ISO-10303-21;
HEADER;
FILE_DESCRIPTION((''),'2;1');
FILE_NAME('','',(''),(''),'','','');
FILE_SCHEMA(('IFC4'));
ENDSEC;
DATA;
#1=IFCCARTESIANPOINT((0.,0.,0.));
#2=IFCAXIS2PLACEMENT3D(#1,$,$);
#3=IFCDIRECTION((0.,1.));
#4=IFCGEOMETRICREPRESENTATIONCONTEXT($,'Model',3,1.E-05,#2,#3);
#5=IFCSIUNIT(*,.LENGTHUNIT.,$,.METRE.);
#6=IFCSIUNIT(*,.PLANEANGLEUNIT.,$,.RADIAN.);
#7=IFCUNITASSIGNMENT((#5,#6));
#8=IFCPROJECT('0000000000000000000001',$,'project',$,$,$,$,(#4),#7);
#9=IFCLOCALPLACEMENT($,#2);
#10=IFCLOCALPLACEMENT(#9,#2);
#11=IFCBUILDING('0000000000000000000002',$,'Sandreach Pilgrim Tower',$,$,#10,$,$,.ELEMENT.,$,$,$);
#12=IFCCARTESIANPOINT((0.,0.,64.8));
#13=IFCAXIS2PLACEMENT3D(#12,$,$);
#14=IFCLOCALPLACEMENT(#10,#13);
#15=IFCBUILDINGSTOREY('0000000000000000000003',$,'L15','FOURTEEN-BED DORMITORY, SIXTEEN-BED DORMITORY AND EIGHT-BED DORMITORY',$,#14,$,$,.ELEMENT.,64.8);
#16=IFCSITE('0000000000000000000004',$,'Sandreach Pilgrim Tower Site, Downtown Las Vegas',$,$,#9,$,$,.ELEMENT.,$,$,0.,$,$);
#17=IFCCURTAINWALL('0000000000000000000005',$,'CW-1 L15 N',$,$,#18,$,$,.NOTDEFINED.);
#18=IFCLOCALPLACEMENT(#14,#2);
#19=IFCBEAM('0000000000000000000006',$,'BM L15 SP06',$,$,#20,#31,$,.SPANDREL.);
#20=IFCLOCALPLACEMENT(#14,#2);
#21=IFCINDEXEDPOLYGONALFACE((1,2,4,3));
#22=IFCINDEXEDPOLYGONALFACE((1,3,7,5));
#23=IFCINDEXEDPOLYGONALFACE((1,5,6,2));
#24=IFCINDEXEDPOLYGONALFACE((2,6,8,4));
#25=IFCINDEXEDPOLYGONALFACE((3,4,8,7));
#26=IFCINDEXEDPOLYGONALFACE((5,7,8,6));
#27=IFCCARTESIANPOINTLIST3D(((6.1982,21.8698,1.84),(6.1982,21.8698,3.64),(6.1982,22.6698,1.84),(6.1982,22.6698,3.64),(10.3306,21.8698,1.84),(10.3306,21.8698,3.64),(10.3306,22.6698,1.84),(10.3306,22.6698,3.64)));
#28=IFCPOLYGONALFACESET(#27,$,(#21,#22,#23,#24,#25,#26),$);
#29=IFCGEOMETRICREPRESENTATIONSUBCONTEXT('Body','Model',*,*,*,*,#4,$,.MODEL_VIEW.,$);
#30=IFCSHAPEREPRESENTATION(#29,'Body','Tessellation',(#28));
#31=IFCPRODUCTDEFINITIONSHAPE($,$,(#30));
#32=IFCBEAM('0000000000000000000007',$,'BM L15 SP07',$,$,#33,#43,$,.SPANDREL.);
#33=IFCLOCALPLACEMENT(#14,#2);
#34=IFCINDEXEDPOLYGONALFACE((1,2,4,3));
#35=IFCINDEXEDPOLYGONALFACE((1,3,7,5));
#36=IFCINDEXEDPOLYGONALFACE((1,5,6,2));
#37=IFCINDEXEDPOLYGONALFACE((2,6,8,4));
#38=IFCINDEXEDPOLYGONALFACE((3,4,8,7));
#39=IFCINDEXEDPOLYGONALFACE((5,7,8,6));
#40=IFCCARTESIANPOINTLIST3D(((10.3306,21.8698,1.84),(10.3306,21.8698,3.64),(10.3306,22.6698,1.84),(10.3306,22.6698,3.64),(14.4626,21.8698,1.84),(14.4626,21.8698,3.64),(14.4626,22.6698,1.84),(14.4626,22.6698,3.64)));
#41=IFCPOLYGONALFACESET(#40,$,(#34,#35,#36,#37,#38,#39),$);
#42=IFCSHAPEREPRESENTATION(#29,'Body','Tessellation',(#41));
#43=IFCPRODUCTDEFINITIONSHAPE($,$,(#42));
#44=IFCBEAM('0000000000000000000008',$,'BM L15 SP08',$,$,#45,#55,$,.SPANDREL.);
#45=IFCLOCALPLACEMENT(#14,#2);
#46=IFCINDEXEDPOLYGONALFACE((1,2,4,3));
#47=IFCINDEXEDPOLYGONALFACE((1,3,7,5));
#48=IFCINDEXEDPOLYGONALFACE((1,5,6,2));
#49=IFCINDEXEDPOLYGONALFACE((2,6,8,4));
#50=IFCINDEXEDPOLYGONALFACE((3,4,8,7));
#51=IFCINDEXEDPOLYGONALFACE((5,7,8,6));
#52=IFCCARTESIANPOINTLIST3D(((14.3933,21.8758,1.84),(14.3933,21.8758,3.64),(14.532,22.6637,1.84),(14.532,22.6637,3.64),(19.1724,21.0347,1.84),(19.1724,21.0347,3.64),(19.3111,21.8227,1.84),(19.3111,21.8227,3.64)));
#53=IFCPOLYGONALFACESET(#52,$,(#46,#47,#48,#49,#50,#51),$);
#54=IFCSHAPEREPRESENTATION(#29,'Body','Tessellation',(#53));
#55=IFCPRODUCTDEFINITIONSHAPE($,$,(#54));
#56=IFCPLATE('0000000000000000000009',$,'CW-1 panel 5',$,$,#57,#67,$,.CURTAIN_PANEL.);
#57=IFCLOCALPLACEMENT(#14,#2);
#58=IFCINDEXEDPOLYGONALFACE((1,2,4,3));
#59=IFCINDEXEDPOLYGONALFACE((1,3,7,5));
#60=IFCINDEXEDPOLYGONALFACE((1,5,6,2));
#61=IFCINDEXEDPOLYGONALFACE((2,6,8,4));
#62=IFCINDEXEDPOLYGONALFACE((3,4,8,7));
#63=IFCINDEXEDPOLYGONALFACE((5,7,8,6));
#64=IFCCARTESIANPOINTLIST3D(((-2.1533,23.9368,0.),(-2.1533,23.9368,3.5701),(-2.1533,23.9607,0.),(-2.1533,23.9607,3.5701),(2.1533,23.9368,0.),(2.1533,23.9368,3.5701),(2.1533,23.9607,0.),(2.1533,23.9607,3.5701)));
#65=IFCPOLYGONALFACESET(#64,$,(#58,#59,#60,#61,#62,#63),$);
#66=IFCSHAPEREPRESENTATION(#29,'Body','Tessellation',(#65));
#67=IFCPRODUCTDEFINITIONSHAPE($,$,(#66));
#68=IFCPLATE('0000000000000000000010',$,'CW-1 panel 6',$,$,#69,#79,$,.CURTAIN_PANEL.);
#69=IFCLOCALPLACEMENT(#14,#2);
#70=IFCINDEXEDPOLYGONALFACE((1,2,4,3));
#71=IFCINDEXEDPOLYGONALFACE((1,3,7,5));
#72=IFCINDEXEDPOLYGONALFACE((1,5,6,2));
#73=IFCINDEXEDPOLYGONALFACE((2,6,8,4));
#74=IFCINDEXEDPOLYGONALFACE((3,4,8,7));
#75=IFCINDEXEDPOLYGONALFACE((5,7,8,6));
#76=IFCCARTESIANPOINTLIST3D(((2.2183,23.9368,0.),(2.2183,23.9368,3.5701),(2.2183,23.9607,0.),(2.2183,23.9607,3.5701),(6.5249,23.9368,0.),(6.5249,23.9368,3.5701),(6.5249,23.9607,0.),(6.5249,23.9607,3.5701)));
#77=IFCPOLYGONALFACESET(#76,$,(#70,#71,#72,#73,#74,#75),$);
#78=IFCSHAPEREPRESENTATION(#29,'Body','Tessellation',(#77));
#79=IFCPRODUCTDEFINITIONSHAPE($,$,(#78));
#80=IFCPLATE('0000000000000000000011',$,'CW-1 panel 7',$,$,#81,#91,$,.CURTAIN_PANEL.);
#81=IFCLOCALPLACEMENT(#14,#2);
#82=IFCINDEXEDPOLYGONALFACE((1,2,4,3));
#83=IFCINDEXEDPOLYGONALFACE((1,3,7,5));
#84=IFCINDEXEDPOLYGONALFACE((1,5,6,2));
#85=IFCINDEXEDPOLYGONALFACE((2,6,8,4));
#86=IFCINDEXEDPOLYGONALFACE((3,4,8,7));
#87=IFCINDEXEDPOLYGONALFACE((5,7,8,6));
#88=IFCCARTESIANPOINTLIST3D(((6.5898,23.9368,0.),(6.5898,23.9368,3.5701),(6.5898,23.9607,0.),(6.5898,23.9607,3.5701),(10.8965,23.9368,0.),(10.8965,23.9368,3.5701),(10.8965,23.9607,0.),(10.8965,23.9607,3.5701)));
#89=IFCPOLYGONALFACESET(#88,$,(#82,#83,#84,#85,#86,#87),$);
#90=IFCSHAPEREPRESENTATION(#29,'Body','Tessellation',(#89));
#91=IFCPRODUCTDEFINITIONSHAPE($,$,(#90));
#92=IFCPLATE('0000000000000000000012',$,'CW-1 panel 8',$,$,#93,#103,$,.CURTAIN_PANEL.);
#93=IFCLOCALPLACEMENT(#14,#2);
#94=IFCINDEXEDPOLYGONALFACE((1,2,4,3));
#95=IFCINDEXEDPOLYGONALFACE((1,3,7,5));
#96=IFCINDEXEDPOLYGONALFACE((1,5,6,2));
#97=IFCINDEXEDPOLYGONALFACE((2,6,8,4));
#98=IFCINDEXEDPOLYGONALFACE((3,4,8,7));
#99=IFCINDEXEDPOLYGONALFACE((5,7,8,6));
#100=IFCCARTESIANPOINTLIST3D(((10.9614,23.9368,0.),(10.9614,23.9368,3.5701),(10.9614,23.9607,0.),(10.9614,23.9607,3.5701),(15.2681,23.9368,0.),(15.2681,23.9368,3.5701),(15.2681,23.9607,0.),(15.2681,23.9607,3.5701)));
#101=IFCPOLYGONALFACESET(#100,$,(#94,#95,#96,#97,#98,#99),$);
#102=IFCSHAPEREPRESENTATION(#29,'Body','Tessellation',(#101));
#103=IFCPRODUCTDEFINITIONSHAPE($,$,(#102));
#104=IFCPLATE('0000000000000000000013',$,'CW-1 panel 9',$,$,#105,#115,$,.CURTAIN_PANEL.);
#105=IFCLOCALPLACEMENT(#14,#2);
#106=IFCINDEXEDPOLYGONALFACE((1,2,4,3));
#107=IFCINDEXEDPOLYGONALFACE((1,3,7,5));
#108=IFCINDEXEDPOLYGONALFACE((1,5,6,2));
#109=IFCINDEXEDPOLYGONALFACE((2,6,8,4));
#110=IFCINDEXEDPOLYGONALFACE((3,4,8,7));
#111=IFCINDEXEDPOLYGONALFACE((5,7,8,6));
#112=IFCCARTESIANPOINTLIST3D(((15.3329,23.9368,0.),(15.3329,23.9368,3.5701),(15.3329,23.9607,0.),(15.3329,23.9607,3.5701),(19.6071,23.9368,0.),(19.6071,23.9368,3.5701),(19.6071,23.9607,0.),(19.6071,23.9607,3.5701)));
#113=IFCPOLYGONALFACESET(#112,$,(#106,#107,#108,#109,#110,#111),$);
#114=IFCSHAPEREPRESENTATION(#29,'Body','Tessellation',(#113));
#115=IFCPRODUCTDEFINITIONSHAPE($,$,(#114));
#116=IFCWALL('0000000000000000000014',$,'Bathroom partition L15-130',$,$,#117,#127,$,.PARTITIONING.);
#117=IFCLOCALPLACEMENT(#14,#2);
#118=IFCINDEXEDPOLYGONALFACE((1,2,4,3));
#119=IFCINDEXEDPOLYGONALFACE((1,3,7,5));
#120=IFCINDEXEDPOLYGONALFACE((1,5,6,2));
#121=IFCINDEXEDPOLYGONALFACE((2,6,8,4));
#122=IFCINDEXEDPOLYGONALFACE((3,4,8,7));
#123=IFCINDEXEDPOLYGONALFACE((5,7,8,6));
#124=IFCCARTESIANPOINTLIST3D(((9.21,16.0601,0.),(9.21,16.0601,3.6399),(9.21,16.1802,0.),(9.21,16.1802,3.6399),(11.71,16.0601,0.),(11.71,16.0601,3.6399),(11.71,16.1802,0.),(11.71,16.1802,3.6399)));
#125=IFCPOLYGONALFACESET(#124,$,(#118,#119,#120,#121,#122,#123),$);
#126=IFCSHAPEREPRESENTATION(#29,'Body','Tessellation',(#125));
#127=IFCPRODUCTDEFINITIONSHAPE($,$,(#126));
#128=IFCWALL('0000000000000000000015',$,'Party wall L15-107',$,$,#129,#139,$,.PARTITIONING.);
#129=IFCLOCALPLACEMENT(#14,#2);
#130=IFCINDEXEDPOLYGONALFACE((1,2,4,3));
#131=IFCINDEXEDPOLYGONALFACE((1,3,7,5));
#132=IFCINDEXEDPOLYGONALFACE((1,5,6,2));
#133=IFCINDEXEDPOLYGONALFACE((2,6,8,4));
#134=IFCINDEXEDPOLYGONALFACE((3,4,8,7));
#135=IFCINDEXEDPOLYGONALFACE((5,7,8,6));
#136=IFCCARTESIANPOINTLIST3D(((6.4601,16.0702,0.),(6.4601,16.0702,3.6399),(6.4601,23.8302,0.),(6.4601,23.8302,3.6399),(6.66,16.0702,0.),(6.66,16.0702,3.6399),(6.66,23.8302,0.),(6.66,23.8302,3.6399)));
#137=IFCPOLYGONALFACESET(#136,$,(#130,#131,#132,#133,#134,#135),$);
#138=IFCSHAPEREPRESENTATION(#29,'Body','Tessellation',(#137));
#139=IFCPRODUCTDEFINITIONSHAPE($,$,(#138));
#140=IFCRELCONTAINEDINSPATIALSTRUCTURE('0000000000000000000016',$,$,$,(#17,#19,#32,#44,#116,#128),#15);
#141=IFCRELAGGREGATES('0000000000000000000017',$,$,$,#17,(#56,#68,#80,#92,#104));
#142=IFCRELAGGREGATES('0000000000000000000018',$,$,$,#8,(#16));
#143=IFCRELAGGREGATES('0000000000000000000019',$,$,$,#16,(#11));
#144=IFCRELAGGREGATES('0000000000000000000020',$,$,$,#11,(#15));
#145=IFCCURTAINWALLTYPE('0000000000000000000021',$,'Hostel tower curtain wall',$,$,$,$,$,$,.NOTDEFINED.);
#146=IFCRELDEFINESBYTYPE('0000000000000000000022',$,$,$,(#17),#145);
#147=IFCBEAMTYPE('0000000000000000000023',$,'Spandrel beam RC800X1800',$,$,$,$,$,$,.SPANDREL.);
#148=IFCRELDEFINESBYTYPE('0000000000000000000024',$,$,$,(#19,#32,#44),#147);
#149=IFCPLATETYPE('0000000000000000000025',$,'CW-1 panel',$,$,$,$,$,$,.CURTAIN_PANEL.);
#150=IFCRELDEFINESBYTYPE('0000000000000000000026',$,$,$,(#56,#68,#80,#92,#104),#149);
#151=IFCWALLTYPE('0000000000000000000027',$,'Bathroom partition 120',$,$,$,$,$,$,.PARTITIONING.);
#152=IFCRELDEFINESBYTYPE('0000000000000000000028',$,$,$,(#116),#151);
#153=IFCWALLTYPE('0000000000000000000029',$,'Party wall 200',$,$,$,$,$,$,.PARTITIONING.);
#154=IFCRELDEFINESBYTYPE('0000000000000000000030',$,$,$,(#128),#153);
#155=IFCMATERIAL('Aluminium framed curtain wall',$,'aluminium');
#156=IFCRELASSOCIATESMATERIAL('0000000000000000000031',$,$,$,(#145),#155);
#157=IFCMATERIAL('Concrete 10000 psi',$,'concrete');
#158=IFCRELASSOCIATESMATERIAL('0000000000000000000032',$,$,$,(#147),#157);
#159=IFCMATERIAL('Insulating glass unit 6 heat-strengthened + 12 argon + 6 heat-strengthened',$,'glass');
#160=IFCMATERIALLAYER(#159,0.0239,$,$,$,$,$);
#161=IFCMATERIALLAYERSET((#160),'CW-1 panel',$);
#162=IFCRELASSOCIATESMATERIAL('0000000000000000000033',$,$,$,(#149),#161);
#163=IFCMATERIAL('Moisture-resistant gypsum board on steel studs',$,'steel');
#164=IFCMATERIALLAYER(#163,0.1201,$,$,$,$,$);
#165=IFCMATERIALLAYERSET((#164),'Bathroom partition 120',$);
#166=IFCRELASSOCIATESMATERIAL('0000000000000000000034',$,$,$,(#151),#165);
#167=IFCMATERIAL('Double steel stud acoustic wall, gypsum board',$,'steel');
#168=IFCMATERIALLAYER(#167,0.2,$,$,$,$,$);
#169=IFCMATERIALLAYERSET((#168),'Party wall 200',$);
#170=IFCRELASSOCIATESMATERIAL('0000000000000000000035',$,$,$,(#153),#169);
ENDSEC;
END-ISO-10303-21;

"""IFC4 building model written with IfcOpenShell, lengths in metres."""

from ifc_helpers import new_model, si_unit, direction, frame, frame_2d, origin, origin_2d, place, context, subcontext, project, spatial, rectangle, extrude, material, layer, layer_set, material_profile, profile_set, type_object, element, aggregate, save


model = new_model("IFC4")

# Units and contexts
model_context = context("Model", 3, precision=1e-05, world=origin(), true_north=direction((0.0, 1.0)))
body_context = subcontext(model_context, "Body", "Model", "MODEL_VIEW")
ifc_project = project(units=[si_unit("LENGTHUNIT", "METRE"), si_unit("PLANEANGLEUNIT", "RADIAN")], contexts=[model_context])

# Site, building, storey
site_placement = place(None, origin())
site = spatial("IfcSite", under=ifc_project, at=site_placement, Name="Sandreach Pilgrim Tower Site, Downtown Las Vegas", CompositionType="ELEMENT", RefElevation=0.0)
building_placement = place(site_placement, origin())
building = spatial("IfcBuilding", under=site, at=building_placement, Name="Sandreach Pilgrim Tower", CompositionType="ELEMENT")
storey_placement = place(building_placement, frame((0.0, 0.0, 64.8)))
storey = spatial("IfcBuildingStorey", under=building, at=storey_placement, Name="L15", Description="FOURTEEN-BED DORMITORY, SIXTEEN-BED DORMITORY AND EIGHT-BED DORMITORY", CompositionType="ELEMENT", Elevation=64.8)

# Curtain wall
ifc_material_1 = material(Name="Aluminium framed curtain wall", Category="aluminium")
curtain_wall_type = type_object("IfcCurtainWallType", Name="Hostel tower curtain wall", PredefinedType="NOTDEFINED", material=ifc_material_1)
curtain_wall_placement = place(storey_placement, origin())
curtain_wall = element("IfcCurtainWall", 1, at=curtain_wall_placement, inside=storey, type_object=curtain_wall_type, Name="CW-1 L15 N", PredefinedType="NOTDEFINED")

# Beams
ifc_material_2 = material(Name="Concrete 10000 psi", Category="concrete")
ifc_material_profile_1 = material_profile(ifc_material_2, rectangle(XDim=0.8, YDim=1.8, at=origin_2d()), Name="RC800X1800")
ifc_profile_set_1 = profile_set([ifc_material_profile_1], Name="Concrete 10000 psi")
beam_type_1 = type_object("IfcBeamType", Name="Spandrel beam RC800X1800", PredefinedType="SPANDREL", material=ifc_profile_set_1)
beam_1_placement = place(storey_placement, frame((6.1982, 22.2698, 2.74), z_axis=(1.0, 0.0, 0.0), x_axis=(0.0, 1.0, 0.0)))
element("IfcBeam", 2, at=beam_1_placement, inside=storey, type_object=beam_type_1, Name="BM L15 SP06", PredefinedType="SPANDREL", context=body_context, shape_type="SweptSolid", body=[
    extrude(rectangle(XDim=0.8, YDim=1.8, at=origin_2d()), origin(), (0.0, 0.0, 1.0), 4.1323),
])
beam_2_placement = place(storey_placement, frame((10.3306, 22.2698, 2.74), z_axis=(1.0, 0.0, 0.0), x_axis=(0.0, 1.0, 0.0)))
element("IfcBeam", 3, at=beam_2_placement, inside=storey, type_object=beam_type_1, Name="BM L15 SP07", PredefinedType="SPANDREL", context=body_context, shape_type="SweptSolid", body=[
    extrude(rectangle(XDim=0.8, YDim=1.8, at=origin_2d()), origin(), (0.0, 0.0, 1.0), 4.1321),
])
beam_3_placement = place(storey_placement, frame((14.4626, 22.2698, 2.74), z_axis=(0.984864, -0.173326, 0.0), x_axis=(0.173326, 0.984864, 0.0)))
element("IfcBeam", 4, at=beam_3_placement, inside=storey, type_object=beam_type_1, Name="BM L15 SP08", PredefinedType="SPANDREL", context=body_context, shape_type="SweptSolid", body=[
    extrude(rectangle(XDim=0.8, YDim=1.8, at=origin_2d()), origin(), (0.0, 0.0, 1.0), 4.8525),
])

# Plates
ifc_material_3 = material(Name="Insulating glass unit 6 heat-strengthened + 12 argon + 6 heat-strengthened", Category="glass")
ifc_layer_1 = layer(ifc_material_3, 0.0239)
ifc_layer_set_1 = layer_set([ifc_layer_1], Name="CW-1 panel")
plate_type = type_object("IfcPlateType", Name="CW-1 panel", PredefinedType="CURTAIN_PANEL", material=ifc_layer_set_1)
plate_1_placement = place(storey_placement, frame((0.0, 23.9487, 0.0), z_axis=(0.0, 0.0, 1.0), x_axis=(1.0, 0.0, 0.0)))
plate_1 = element("IfcPlate", 5, at=plate_1_placement, type_object=plate_type, Name="CW-1 panel 5", PredefinedType="CURTAIN_PANEL", context=body_context, shape_type="SweptSolid", body=[
    extrude(rectangle(XDim=4.3066, YDim=0.0239, at=origin_2d()), origin(), (0.0, 0.0, 1.0), 3.5701),
])
plate_2_placement = place(storey_placement, frame((4.3716, 23.9487, 0.0), z_axis=(0.0, 0.0, 1.0), x_axis=(1.0, 0.0, 0.0)))
plate_2 = element("IfcPlate", 6, at=plate_2_placement, type_object=plate_type, Name="CW-1 panel 6", PredefinedType="CURTAIN_PANEL", context=body_context, shape_type="SweptSolid", body=[
    extrude(rectangle(XDim=4.3066, YDim=0.0239, at=origin_2d()), origin(), (0.0, 0.0, 1.0), 3.5701),
])
plate_3_placement = place(storey_placement, frame((8.7432, 23.9487, 0.0), z_axis=(0.0, 0.0, 1.0), x_axis=(1.0, 0.0, 0.0)))
plate_3 = element("IfcPlate", 7, at=plate_3_placement, type_object=plate_type, Name="CW-1 panel 7", PredefinedType="CURTAIN_PANEL", context=body_context, shape_type="SweptSolid", body=[
    extrude(rectangle(XDim=4.3066, YDim=0.0239, at=origin_2d()), origin(), (0.0, 0.0, 1.0), 3.5701),
])
plate_4_placement = place(storey_placement, frame((13.1147, 23.9487, 0.0), z_axis=(0.0, 0.0, 1.0), x_axis=(1.0, 0.0, 0.0)))
plate_4 = element("IfcPlate", 8, at=plate_4_placement, type_object=plate_type, Name="CW-1 panel 8", PredefinedType="CURTAIN_PANEL", context=body_context, shape_type="SweptSolid", body=[
    extrude(rectangle(XDim=4.3066, YDim=0.0239, at=origin_2d()), origin(), (0.0, 0.0, 1.0), 3.5701),
])
plate_5_placement = place(storey_placement, frame((17.47, 23.9487, 0.0), z_axis=(0.0, 0.0, 1.0), x_axis=(1.0, 0.0, 0.0)))
plate_5 = element("IfcPlate", 9, at=plate_5_placement, type_object=plate_type, Name="CW-1 panel 9", PredefinedType="CURTAIN_PANEL", context=body_context, shape_type="SweptSolid", body=[
    extrude(rectangle(XDim=4.2742, YDim=0.0239, at=origin_2d()), origin(), (0.0, 0.0, 1.0), 3.5701),
])
aggregate(curtain_wall, [plate_1, plate_2, plate_3, plate_4, plate_5])

# Walls
ifc_material_4 = material(Name="Moisture-resistant gypsum board on steel studs", Category="steel")
ifc_layer_2 = layer(ifc_material_4, 0.1201)
ifc_layer_set_2 = layer_set([ifc_layer_2], Name="Bathroom partition 120")
wall_type_1 = type_object("IfcWallType", Name="Bathroom partition 120", PredefinedType="PARTITIONING", material=ifc_layer_set_2)
wall_1_placement = place(storey_placement, frame((11.71, 16.1201, 0.0), z_axis=(0.0, 0.0, 1.0), x_axis=(-1.0, 0.0, 0.0)))
element("IfcWall", 10, at=wall_1_placement, inside=storey, type_object=wall_type_1, Name="Bathroom partition L15-130", PredefinedType="PARTITIONING", context=body_context, shape_type="SweptSolid", body=[
    extrude(rectangle(XDim=2.5, YDim=0.1201, at=frame_2d((1.25, 0.0))), origin(), (0.0, 0.0, 1.0), 3.6399),
])
ifc_material_5 = material(Name="Double steel stud acoustic wall, gypsum board", Category="steel")
ifc_layer_3 = layer(ifc_material_5, 0.2)
ifc_layer_set_3 = layer_set([ifc_layer_3], Name="Party wall 200")
wall_type_2 = type_object("IfcWallType", Name="Party wall 200", PredefinedType="PARTITIONING", material=ifc_layer_set_3)
wall_2_placement = place(storey_placement, frame((6.5601, 23.8301, 0.0), z_axis=(0.0, 0.0, 1.0), x_axis=(0.0, -1.0, 0.0)))
element("IfcWall", 11, at=wall_2_placement, inside=storey, type_object=wall_type_2, Name="Party wall L15-107", PredefinedType="PARTITIONING", context=body_context, shape_type="SweptSolid", body=[
    extrude(rectangle(XDim=7.76, YDim=0.2, at=frame_2d((3.8799, 0.0))), origin(), (0.0, 0.0, 1.0), 3.6399),
])

save(model, "model.ifc")
